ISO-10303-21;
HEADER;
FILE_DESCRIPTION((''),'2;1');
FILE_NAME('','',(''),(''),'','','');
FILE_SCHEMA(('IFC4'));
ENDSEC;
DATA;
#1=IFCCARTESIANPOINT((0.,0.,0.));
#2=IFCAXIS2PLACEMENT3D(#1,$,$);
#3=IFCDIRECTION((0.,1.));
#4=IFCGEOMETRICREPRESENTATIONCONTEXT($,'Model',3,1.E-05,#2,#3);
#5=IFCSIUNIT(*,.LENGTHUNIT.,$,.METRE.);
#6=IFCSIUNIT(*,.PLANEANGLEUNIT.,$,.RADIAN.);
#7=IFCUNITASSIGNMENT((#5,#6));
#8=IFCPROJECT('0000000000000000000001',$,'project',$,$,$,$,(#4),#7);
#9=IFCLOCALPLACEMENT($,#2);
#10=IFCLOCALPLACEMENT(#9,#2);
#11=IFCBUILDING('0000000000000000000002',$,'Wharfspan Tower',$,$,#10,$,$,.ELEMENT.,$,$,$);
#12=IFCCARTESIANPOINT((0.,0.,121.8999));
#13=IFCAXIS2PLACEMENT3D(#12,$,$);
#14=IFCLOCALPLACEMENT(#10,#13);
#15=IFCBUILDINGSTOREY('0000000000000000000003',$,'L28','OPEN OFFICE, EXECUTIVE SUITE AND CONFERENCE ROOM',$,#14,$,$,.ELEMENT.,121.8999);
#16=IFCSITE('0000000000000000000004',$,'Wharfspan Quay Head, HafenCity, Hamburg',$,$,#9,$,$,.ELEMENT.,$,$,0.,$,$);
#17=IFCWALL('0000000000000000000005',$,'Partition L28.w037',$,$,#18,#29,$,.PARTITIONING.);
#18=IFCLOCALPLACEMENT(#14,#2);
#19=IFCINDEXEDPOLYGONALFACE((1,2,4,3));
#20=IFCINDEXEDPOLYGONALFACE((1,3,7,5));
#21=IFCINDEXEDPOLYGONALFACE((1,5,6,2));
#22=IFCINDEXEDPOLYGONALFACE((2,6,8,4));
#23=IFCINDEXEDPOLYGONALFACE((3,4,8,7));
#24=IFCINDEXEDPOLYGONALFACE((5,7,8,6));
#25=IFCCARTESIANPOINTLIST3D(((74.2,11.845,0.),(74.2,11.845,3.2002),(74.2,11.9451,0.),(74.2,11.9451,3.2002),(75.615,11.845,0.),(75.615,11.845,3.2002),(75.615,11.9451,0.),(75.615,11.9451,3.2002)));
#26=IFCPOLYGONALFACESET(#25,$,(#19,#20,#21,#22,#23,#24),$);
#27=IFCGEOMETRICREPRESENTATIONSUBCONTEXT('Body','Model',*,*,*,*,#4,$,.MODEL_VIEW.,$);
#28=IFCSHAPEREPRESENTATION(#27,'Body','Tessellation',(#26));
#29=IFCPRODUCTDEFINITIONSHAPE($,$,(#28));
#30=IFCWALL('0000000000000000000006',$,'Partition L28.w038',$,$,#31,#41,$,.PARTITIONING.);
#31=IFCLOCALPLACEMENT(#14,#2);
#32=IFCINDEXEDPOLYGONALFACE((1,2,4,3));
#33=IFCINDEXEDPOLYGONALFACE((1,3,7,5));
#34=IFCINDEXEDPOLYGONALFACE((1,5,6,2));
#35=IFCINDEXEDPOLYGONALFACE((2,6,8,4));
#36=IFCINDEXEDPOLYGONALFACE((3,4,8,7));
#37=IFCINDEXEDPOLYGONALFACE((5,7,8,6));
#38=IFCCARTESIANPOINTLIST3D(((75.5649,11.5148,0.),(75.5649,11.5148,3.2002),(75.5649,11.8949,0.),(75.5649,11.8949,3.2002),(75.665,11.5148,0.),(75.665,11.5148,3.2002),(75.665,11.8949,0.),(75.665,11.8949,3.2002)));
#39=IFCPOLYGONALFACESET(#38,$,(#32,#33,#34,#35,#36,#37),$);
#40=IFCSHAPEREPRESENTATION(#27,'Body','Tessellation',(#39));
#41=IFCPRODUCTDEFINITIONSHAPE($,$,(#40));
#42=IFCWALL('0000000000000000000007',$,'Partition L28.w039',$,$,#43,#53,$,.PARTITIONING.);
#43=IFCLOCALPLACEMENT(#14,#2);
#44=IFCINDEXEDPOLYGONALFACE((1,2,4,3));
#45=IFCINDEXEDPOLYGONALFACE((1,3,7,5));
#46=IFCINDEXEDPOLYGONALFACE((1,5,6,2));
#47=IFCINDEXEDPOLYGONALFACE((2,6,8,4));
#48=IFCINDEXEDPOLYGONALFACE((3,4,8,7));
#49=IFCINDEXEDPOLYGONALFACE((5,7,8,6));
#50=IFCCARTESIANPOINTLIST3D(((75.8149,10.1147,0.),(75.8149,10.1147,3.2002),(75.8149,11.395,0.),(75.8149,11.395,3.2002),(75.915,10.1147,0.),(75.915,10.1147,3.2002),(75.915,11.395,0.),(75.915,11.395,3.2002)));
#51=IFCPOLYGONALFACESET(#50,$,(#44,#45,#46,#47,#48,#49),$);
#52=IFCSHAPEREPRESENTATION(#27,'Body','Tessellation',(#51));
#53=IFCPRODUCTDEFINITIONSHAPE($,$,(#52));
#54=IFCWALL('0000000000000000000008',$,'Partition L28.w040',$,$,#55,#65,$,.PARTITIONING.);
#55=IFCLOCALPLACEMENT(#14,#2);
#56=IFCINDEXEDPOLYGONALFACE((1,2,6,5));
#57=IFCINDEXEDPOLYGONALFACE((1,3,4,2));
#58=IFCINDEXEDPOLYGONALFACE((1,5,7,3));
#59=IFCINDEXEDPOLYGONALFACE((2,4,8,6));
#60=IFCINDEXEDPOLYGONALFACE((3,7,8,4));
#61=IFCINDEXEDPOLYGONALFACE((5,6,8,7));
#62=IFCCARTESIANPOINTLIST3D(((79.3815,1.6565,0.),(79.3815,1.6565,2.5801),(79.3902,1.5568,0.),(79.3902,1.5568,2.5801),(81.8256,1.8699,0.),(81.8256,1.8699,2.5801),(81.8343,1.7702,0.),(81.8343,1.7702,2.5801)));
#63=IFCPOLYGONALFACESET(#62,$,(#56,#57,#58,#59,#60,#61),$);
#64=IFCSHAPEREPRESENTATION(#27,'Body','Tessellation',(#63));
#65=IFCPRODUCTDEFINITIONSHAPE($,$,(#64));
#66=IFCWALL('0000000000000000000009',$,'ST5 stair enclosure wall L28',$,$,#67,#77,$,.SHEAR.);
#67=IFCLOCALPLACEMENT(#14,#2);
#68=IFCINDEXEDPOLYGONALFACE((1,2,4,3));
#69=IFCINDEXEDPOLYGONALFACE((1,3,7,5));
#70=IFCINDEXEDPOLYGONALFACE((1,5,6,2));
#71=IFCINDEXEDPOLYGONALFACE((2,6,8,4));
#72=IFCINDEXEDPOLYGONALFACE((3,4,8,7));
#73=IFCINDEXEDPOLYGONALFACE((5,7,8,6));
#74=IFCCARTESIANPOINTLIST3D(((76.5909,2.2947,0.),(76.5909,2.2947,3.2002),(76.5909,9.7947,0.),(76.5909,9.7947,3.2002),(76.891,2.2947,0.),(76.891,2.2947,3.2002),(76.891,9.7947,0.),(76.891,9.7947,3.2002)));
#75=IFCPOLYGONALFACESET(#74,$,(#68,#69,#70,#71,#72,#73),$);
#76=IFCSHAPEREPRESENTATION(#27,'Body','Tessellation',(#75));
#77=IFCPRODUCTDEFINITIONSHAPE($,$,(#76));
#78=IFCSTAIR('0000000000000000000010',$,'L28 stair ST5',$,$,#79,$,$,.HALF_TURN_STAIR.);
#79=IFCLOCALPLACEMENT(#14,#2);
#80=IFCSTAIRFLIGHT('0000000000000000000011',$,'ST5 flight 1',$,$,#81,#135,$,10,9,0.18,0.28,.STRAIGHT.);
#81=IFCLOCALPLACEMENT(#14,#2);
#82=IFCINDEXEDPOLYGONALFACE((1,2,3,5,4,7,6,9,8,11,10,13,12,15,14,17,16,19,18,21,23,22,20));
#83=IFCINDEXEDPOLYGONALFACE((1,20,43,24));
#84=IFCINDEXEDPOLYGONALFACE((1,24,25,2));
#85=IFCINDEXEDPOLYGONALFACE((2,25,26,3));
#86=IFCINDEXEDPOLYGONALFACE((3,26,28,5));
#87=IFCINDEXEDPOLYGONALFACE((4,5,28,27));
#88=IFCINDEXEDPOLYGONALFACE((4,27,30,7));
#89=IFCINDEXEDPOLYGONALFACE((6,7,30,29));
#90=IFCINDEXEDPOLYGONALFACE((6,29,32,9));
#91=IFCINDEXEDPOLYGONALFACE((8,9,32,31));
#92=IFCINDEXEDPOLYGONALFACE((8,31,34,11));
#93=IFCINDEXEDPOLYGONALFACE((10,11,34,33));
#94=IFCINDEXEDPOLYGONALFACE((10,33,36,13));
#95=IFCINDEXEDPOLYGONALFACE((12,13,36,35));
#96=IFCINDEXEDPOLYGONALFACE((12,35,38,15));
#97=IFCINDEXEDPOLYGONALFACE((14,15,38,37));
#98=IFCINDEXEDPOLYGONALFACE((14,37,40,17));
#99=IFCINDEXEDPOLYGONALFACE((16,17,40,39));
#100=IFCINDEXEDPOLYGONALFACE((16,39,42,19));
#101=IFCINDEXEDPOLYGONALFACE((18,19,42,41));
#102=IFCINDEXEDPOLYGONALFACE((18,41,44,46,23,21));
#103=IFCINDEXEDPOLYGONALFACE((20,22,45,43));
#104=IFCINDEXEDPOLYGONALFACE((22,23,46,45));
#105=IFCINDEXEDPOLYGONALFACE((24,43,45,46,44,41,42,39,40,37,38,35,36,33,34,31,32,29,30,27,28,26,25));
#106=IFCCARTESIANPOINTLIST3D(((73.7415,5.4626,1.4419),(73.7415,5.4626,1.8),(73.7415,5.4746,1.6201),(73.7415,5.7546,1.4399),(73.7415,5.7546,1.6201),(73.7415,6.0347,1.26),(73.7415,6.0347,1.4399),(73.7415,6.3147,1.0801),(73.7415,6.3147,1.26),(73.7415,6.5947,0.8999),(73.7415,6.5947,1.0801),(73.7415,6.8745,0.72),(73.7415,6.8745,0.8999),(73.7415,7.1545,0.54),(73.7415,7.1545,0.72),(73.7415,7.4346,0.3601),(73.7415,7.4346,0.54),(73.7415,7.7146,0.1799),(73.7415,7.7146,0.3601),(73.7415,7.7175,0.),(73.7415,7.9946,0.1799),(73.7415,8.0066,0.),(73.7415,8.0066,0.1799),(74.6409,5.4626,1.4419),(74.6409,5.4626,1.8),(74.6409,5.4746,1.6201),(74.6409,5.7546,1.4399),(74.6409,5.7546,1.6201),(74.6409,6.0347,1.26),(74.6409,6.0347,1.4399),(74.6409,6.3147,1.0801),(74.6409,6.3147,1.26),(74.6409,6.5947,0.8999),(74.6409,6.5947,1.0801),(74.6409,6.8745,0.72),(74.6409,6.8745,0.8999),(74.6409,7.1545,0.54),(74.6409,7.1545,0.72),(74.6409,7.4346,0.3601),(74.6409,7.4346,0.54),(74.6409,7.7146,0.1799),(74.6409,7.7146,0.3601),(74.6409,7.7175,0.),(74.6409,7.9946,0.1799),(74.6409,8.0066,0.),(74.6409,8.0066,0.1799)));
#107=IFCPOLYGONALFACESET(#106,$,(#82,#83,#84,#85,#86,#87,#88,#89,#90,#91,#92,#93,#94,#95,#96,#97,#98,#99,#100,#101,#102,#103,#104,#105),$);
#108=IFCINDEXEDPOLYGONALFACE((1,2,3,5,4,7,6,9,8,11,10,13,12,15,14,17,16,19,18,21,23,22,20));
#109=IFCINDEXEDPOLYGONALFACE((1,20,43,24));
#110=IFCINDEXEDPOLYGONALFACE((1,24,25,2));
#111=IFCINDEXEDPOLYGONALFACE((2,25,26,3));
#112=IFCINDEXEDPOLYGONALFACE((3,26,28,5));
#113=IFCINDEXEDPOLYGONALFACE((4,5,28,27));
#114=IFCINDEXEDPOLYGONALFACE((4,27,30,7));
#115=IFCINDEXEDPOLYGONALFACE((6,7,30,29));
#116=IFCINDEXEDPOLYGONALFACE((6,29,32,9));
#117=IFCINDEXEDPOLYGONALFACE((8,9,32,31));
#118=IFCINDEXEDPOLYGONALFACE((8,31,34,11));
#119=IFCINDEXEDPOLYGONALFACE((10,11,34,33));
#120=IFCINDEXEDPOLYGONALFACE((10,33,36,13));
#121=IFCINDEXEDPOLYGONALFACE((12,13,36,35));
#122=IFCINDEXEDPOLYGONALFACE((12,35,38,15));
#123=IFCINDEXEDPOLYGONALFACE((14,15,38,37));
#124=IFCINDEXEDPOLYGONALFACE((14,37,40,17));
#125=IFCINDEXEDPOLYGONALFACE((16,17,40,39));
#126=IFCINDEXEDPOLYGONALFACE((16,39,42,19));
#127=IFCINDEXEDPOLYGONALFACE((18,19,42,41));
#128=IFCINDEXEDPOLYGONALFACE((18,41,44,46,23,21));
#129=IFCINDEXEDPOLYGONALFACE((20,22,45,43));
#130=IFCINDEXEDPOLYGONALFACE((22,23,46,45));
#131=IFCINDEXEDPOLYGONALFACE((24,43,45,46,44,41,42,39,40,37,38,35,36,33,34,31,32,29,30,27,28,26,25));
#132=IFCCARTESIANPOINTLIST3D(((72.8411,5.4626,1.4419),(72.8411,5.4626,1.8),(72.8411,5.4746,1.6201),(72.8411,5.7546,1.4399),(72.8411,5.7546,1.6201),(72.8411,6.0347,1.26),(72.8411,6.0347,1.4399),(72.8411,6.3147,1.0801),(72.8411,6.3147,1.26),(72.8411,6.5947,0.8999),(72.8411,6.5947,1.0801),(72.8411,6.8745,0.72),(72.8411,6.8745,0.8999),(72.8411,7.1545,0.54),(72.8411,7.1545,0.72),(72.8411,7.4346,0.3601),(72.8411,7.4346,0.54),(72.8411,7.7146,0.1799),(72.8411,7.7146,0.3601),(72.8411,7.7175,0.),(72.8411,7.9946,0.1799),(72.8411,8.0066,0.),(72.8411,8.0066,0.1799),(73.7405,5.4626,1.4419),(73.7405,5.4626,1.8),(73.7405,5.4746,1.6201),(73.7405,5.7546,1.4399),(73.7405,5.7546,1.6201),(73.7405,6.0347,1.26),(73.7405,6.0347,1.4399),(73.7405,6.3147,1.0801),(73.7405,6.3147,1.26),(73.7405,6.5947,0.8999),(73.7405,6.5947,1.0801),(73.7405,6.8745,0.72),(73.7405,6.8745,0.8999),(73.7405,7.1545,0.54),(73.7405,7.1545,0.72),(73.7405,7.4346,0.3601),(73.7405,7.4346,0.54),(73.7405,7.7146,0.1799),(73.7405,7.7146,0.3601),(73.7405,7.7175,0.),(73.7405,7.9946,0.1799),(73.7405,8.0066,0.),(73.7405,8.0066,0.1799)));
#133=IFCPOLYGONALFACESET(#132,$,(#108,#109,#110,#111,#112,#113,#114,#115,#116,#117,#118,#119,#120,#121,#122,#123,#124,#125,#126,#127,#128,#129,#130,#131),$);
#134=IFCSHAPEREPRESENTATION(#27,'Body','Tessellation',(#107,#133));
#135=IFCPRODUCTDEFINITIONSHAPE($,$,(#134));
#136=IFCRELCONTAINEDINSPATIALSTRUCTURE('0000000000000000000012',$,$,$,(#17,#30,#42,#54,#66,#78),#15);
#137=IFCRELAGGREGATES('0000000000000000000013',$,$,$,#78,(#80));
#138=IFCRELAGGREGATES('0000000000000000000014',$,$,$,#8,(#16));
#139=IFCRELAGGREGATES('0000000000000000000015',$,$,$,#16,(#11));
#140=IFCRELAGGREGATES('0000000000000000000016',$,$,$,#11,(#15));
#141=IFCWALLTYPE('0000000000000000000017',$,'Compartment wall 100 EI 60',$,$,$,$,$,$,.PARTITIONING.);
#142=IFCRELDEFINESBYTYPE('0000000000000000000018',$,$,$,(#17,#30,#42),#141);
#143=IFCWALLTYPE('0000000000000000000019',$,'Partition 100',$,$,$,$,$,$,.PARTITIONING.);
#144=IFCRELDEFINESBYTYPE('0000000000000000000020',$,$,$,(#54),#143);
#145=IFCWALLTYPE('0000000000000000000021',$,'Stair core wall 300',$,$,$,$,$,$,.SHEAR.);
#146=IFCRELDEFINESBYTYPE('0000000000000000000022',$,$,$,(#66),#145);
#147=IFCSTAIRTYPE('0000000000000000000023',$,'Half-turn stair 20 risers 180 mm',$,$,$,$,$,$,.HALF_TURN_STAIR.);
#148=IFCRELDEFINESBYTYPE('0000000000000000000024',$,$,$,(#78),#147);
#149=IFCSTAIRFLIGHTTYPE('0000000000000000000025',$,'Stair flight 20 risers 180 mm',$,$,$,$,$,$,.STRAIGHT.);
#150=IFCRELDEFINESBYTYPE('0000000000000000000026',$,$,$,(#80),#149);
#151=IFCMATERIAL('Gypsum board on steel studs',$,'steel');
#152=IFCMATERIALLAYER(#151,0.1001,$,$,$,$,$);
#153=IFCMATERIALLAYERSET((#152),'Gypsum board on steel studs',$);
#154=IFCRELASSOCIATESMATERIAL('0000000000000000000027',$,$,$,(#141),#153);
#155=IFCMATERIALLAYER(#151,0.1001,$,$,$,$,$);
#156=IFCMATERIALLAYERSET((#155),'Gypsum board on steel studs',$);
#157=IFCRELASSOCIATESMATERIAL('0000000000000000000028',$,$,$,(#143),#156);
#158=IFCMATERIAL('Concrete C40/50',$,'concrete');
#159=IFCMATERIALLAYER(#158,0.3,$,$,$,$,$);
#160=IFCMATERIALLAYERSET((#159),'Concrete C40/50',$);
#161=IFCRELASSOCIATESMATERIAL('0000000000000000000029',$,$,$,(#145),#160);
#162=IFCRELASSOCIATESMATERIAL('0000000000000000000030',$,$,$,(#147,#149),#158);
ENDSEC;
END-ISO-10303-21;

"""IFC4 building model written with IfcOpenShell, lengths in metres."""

from ifc_helpers import new_model, si_unit, direction, frame, frame_2d, origin, place, context, subcontext, project, spatial, polyline, rectangle, outline, extrude, material, layer, layer_set, type_object, element, aggregate, save


model = new_model("IFC4")

# Units and contexts
model_context = context("Model", 3, precision=1e-05, world=origin(), true_north=direction((0.0, 1.0)))
body_context = subcontext(model_context, "Body", "Model", "MODEL_VIEW")
ifc_project = project(units=[si_unit("LENGTHUNIT", "METRE"), si_unit("PLANEANGLEUNIT", "RADIAN")], contexts=[model_context])

# Site, building, storey
site_placement = place(None, origin())
site = spatial("IfcSite", under=ifc_project, at=site_placement, Name="Wharfspan Quay Head, HafenCity, Hamburg", CompositionType="ELEMENT", RefElevation=0.0)
building_placement = place(site_placement, origin())
building = spatial("IfcBuilding", under=site, at=building_placement, Name="Wharfspan Tower", CompositionType="ELEMENT")
storey_placement = place(building_placement, frame((0.0, 0.0, 121.8999)))
storey = spatial("IfcBuildingStorey", under=building, at=storey_placement, Name="L28", Description="OPEN OFFICE, EXECUTIVE SUITE AND CONFERENCE ROOM", CompositionType="ELEMENT", Elevation=121.8999)

# Shared definitions
ifc_material_1 = material(Name="Gypsum board on steel studs", Category="steel")
ifc_layer_1 = layer(ifc_material_1, 0.1001)
ifc_layer_set_1 = layer_set([ifc_layer_1], Name="Gypsum board on steel studs")
wall_type_1 = type_object("IfcWallType", Name="Compartment wall 100 EI 60", PredefinedType="PARTITIONING", material=ifc_layer_set_1)

# Walls
wall_1_placement = place(storey_placement, frame((74.2, 11.895, 0.0), z_axis=(0.0, 0.0, 1.0), x_axis=(1.0, 0.0, 0.0)))
element("IfcWall", 1, at=wall_1_placement, inside=storey, type_object=wall_type_1, Name="Partition L28.w037", PredefinedType="PARTITIONING", context=body_context, shape_type="SweptSolid", body=[
    extrude(rectangle(XDim=1.415, YDim=0.1001, at=frame_2d((0.7075, 0.0))), origin(), (0.0, 0.0, 1.0), 3.2002),
])
wall_2_placement = place(storey_placement, frame((75.615, 11.5149, 0.0), z_axis=(0.0, 0.0, 1.0), x_axis=(0.0, 1.0, 0.0)))
element("IfcWall", 2, at=wall_2_placement, inside=storey, type_object=wall_type_1, Name="Partition L28.w038", PredefinedType="PARTITIONING", context=body_context, shape_type="SweptSolid", body=[
    extrude(rectangle(XDim=0.3801, YDim=0.1001, at=frame_2d((0.1899, 0.0))), origin(), (0.0, 0.0, 1.0), 3.2002),
])
wall_3_placement = place(storey_placement, frame((75.865, 10.1147, 0.0), z_axis=(0.0, 0.0, 1.0), x_axis=(0.0, 1.0, 0.0)))
element("IfcWall", 3, at=wall_3_placement, inside=storey, type_object=wall_type_1, Name="Partition L28.w039", PredefinedType="PARTITIONING", context=body_context, shape_type="SweptSolid", body=[
    extrude(rectangle(XDim=1.2803, YDim=0.1001, at=frame_2d((0.6401, 0.0))), origin(), (0.0, 0.0, 1.0), 3.2002),
])
ifc_layer_2 = layer(ifc_material_1, 0.1001)
ifc_layer_set_2 = layer_set([ifc_layer_2], Name="Gypsum board on steel studs")
wall_type_2 = type_object("IfcWallType", Name="Partition 100", PredefinedType="PARTITIONING", material=ifc_layer_set_2)
wall_4_placement = place(storey_placement, frame((79.386, 1.6067, 0.0), z_axis=(0.0, 0.0, 1.0), x_axis=(0.996209, 0.086973, 0.0)))
element("IfcWall", 4, at=wall_4_placement, inside=storey, type_object=wall_type_2, Name="Partition L28.w040", PredefinedType="PARTITIONING", context=body_context, shape_type="SweptSolid", body=[
    extrude(rectangle(XDim=2.4534, YDim=0.1001, at=frame_2d((1.2266, 0.0))), origin(), (0.0, 0.0, 1.0), 2.5801),
])
ifc_material_2 = material(Name="Concrete C40/50", Category="concrete")
ifc_layer_3 = layer(ifc_material_2, 0.3)
ifc_layer_set_3 = layer_set([ifc_layer_3], Name="Concrete C40/50")
wall_type_3 = type_object("IfcWallType", Name="Stair core wall 300", PredefinedType="SHEAR", material=ifc_layer_set_3)
wall_5_placement = place(storey_placement, frame((76.741, 2.2947, 0.0), z_axis=(0.0, 0.0, 1.0), x_axis=(0.0, 1.0, 0.0)))
element("IfcWall", 5, at=wall_5_placement, inside=storey, type_object=wall_type_3, Name="ST5 stair enclosure wall L28", PredefinedType="SHEAR", context=body_context, shape_type="SweptSolid", body=[
    extrude(rectangle(XDim=7.5, YDim=0.3, at=frame_2d((3.75, 0.0))), origin(), (0.0, 0.0, 1.0), 3.2002),
])

# Stair, stair flight
stair_type = type_object("IfcStairType", Name="Half-turn stair 20 risers 180 mm", PredefinedType="HALF_TURN_STAIR", material=ifc_material_2)
stair_placement = place(storey_placement, origin())
stair = element("IfcStair", 6, at=stair_placement, inside=storey, type_object=stair_type, Name="L28 stair ST5", PredefinedType="HALF_TURN_STAIR")
stair_flight_type = type_object("IfcStairFlightType", Name="Stair flight 20 risers 180 mm", PredefinedType="STRAIGHT", material=ifc_material_2)
stair_flight_1_placement = place(storey_placement, frame((73.741, 7.9946, 0.0), z_axis=(0.0, 0.0, 1.0), x_axis=(0.0, -1.0, 0.0)))
stair_flight_1 = element("IfcStairFlight", 7, at=stair_flight_1_placement, type_object=stair_flight_type, Name="ST5 flight 1", NumberOfRisers=10, NumberOfTreads=9, PredefinedType="STRAIGHT", RiserHeight=0.18, TreadLength=0.28, context=body_context, shape_type="SweptSolid", body=[
    extrude(outline(polyline([(-0.012, 0.0), (-0.012, 0.1799), (0.0, 0.1799), (0.28, 0.1799), (0.28, 0.3601), (0.5601, 0.3601), (0.5601, 0.54), (0.8401, 0.54), (0.8401, 0.72), (1.1201, 0.72), (1.1201, 0.8999), (1.3999, 0.8999), (1.3999, 1.0801), (1.6799, 1.0801), (1.6799, 1.26), (1.96, 1.26), (1.96, 1.4399), (2.24, 1.4399), (2.24, 1.6201), (2.52, 1.6201), (2.532, 1.8), (2.532, 1.4419), (0.2771, 0.0), (-0.012, 0.0)])), frame((0.0, 0.8999, 0.0), z_axis=(0.0, -1.0, 0.0), x_axis=(1.0, 0.0, 0.0)), (0.0, 0.0, 1.0), 0.8994),
    extrude(outline(polyline([(-0.012, 0.0), (-0.012, 0.1799), (0.0, 0.1799), (0.28, 0.1799), (0.28, 0.3601), (0.5601, 0.3601), (0.5601, 0.54), (0.8401, 0.54), (0.8401, 0.72), (1.1201, 0.72), (1.1201, 0.8999), (1.3999, 0.8999), (1.3999, 1.0801), (1.6799, 1.0801), (1.6799, 1.26), (1.96, 1.26), (1.96, 1.4399), (2.24, 1.4399), (2.24, 1.6201), (2.52, 1.6201), (2.532, 1.8), (2.532, 1.4419), (0.2771, 0.0), (-0.012, 0.0)])), frame((0.0, -0.0005, 0.0), z_axis=(0.0, -1.0, 0.0), x_axis=(1.0, 0.0, 0.0)), (0.0, 0.0, 1.0), 0.8994),
])
aggregate(stair, [stair_flight_1])

save(model, "model.ifc")
